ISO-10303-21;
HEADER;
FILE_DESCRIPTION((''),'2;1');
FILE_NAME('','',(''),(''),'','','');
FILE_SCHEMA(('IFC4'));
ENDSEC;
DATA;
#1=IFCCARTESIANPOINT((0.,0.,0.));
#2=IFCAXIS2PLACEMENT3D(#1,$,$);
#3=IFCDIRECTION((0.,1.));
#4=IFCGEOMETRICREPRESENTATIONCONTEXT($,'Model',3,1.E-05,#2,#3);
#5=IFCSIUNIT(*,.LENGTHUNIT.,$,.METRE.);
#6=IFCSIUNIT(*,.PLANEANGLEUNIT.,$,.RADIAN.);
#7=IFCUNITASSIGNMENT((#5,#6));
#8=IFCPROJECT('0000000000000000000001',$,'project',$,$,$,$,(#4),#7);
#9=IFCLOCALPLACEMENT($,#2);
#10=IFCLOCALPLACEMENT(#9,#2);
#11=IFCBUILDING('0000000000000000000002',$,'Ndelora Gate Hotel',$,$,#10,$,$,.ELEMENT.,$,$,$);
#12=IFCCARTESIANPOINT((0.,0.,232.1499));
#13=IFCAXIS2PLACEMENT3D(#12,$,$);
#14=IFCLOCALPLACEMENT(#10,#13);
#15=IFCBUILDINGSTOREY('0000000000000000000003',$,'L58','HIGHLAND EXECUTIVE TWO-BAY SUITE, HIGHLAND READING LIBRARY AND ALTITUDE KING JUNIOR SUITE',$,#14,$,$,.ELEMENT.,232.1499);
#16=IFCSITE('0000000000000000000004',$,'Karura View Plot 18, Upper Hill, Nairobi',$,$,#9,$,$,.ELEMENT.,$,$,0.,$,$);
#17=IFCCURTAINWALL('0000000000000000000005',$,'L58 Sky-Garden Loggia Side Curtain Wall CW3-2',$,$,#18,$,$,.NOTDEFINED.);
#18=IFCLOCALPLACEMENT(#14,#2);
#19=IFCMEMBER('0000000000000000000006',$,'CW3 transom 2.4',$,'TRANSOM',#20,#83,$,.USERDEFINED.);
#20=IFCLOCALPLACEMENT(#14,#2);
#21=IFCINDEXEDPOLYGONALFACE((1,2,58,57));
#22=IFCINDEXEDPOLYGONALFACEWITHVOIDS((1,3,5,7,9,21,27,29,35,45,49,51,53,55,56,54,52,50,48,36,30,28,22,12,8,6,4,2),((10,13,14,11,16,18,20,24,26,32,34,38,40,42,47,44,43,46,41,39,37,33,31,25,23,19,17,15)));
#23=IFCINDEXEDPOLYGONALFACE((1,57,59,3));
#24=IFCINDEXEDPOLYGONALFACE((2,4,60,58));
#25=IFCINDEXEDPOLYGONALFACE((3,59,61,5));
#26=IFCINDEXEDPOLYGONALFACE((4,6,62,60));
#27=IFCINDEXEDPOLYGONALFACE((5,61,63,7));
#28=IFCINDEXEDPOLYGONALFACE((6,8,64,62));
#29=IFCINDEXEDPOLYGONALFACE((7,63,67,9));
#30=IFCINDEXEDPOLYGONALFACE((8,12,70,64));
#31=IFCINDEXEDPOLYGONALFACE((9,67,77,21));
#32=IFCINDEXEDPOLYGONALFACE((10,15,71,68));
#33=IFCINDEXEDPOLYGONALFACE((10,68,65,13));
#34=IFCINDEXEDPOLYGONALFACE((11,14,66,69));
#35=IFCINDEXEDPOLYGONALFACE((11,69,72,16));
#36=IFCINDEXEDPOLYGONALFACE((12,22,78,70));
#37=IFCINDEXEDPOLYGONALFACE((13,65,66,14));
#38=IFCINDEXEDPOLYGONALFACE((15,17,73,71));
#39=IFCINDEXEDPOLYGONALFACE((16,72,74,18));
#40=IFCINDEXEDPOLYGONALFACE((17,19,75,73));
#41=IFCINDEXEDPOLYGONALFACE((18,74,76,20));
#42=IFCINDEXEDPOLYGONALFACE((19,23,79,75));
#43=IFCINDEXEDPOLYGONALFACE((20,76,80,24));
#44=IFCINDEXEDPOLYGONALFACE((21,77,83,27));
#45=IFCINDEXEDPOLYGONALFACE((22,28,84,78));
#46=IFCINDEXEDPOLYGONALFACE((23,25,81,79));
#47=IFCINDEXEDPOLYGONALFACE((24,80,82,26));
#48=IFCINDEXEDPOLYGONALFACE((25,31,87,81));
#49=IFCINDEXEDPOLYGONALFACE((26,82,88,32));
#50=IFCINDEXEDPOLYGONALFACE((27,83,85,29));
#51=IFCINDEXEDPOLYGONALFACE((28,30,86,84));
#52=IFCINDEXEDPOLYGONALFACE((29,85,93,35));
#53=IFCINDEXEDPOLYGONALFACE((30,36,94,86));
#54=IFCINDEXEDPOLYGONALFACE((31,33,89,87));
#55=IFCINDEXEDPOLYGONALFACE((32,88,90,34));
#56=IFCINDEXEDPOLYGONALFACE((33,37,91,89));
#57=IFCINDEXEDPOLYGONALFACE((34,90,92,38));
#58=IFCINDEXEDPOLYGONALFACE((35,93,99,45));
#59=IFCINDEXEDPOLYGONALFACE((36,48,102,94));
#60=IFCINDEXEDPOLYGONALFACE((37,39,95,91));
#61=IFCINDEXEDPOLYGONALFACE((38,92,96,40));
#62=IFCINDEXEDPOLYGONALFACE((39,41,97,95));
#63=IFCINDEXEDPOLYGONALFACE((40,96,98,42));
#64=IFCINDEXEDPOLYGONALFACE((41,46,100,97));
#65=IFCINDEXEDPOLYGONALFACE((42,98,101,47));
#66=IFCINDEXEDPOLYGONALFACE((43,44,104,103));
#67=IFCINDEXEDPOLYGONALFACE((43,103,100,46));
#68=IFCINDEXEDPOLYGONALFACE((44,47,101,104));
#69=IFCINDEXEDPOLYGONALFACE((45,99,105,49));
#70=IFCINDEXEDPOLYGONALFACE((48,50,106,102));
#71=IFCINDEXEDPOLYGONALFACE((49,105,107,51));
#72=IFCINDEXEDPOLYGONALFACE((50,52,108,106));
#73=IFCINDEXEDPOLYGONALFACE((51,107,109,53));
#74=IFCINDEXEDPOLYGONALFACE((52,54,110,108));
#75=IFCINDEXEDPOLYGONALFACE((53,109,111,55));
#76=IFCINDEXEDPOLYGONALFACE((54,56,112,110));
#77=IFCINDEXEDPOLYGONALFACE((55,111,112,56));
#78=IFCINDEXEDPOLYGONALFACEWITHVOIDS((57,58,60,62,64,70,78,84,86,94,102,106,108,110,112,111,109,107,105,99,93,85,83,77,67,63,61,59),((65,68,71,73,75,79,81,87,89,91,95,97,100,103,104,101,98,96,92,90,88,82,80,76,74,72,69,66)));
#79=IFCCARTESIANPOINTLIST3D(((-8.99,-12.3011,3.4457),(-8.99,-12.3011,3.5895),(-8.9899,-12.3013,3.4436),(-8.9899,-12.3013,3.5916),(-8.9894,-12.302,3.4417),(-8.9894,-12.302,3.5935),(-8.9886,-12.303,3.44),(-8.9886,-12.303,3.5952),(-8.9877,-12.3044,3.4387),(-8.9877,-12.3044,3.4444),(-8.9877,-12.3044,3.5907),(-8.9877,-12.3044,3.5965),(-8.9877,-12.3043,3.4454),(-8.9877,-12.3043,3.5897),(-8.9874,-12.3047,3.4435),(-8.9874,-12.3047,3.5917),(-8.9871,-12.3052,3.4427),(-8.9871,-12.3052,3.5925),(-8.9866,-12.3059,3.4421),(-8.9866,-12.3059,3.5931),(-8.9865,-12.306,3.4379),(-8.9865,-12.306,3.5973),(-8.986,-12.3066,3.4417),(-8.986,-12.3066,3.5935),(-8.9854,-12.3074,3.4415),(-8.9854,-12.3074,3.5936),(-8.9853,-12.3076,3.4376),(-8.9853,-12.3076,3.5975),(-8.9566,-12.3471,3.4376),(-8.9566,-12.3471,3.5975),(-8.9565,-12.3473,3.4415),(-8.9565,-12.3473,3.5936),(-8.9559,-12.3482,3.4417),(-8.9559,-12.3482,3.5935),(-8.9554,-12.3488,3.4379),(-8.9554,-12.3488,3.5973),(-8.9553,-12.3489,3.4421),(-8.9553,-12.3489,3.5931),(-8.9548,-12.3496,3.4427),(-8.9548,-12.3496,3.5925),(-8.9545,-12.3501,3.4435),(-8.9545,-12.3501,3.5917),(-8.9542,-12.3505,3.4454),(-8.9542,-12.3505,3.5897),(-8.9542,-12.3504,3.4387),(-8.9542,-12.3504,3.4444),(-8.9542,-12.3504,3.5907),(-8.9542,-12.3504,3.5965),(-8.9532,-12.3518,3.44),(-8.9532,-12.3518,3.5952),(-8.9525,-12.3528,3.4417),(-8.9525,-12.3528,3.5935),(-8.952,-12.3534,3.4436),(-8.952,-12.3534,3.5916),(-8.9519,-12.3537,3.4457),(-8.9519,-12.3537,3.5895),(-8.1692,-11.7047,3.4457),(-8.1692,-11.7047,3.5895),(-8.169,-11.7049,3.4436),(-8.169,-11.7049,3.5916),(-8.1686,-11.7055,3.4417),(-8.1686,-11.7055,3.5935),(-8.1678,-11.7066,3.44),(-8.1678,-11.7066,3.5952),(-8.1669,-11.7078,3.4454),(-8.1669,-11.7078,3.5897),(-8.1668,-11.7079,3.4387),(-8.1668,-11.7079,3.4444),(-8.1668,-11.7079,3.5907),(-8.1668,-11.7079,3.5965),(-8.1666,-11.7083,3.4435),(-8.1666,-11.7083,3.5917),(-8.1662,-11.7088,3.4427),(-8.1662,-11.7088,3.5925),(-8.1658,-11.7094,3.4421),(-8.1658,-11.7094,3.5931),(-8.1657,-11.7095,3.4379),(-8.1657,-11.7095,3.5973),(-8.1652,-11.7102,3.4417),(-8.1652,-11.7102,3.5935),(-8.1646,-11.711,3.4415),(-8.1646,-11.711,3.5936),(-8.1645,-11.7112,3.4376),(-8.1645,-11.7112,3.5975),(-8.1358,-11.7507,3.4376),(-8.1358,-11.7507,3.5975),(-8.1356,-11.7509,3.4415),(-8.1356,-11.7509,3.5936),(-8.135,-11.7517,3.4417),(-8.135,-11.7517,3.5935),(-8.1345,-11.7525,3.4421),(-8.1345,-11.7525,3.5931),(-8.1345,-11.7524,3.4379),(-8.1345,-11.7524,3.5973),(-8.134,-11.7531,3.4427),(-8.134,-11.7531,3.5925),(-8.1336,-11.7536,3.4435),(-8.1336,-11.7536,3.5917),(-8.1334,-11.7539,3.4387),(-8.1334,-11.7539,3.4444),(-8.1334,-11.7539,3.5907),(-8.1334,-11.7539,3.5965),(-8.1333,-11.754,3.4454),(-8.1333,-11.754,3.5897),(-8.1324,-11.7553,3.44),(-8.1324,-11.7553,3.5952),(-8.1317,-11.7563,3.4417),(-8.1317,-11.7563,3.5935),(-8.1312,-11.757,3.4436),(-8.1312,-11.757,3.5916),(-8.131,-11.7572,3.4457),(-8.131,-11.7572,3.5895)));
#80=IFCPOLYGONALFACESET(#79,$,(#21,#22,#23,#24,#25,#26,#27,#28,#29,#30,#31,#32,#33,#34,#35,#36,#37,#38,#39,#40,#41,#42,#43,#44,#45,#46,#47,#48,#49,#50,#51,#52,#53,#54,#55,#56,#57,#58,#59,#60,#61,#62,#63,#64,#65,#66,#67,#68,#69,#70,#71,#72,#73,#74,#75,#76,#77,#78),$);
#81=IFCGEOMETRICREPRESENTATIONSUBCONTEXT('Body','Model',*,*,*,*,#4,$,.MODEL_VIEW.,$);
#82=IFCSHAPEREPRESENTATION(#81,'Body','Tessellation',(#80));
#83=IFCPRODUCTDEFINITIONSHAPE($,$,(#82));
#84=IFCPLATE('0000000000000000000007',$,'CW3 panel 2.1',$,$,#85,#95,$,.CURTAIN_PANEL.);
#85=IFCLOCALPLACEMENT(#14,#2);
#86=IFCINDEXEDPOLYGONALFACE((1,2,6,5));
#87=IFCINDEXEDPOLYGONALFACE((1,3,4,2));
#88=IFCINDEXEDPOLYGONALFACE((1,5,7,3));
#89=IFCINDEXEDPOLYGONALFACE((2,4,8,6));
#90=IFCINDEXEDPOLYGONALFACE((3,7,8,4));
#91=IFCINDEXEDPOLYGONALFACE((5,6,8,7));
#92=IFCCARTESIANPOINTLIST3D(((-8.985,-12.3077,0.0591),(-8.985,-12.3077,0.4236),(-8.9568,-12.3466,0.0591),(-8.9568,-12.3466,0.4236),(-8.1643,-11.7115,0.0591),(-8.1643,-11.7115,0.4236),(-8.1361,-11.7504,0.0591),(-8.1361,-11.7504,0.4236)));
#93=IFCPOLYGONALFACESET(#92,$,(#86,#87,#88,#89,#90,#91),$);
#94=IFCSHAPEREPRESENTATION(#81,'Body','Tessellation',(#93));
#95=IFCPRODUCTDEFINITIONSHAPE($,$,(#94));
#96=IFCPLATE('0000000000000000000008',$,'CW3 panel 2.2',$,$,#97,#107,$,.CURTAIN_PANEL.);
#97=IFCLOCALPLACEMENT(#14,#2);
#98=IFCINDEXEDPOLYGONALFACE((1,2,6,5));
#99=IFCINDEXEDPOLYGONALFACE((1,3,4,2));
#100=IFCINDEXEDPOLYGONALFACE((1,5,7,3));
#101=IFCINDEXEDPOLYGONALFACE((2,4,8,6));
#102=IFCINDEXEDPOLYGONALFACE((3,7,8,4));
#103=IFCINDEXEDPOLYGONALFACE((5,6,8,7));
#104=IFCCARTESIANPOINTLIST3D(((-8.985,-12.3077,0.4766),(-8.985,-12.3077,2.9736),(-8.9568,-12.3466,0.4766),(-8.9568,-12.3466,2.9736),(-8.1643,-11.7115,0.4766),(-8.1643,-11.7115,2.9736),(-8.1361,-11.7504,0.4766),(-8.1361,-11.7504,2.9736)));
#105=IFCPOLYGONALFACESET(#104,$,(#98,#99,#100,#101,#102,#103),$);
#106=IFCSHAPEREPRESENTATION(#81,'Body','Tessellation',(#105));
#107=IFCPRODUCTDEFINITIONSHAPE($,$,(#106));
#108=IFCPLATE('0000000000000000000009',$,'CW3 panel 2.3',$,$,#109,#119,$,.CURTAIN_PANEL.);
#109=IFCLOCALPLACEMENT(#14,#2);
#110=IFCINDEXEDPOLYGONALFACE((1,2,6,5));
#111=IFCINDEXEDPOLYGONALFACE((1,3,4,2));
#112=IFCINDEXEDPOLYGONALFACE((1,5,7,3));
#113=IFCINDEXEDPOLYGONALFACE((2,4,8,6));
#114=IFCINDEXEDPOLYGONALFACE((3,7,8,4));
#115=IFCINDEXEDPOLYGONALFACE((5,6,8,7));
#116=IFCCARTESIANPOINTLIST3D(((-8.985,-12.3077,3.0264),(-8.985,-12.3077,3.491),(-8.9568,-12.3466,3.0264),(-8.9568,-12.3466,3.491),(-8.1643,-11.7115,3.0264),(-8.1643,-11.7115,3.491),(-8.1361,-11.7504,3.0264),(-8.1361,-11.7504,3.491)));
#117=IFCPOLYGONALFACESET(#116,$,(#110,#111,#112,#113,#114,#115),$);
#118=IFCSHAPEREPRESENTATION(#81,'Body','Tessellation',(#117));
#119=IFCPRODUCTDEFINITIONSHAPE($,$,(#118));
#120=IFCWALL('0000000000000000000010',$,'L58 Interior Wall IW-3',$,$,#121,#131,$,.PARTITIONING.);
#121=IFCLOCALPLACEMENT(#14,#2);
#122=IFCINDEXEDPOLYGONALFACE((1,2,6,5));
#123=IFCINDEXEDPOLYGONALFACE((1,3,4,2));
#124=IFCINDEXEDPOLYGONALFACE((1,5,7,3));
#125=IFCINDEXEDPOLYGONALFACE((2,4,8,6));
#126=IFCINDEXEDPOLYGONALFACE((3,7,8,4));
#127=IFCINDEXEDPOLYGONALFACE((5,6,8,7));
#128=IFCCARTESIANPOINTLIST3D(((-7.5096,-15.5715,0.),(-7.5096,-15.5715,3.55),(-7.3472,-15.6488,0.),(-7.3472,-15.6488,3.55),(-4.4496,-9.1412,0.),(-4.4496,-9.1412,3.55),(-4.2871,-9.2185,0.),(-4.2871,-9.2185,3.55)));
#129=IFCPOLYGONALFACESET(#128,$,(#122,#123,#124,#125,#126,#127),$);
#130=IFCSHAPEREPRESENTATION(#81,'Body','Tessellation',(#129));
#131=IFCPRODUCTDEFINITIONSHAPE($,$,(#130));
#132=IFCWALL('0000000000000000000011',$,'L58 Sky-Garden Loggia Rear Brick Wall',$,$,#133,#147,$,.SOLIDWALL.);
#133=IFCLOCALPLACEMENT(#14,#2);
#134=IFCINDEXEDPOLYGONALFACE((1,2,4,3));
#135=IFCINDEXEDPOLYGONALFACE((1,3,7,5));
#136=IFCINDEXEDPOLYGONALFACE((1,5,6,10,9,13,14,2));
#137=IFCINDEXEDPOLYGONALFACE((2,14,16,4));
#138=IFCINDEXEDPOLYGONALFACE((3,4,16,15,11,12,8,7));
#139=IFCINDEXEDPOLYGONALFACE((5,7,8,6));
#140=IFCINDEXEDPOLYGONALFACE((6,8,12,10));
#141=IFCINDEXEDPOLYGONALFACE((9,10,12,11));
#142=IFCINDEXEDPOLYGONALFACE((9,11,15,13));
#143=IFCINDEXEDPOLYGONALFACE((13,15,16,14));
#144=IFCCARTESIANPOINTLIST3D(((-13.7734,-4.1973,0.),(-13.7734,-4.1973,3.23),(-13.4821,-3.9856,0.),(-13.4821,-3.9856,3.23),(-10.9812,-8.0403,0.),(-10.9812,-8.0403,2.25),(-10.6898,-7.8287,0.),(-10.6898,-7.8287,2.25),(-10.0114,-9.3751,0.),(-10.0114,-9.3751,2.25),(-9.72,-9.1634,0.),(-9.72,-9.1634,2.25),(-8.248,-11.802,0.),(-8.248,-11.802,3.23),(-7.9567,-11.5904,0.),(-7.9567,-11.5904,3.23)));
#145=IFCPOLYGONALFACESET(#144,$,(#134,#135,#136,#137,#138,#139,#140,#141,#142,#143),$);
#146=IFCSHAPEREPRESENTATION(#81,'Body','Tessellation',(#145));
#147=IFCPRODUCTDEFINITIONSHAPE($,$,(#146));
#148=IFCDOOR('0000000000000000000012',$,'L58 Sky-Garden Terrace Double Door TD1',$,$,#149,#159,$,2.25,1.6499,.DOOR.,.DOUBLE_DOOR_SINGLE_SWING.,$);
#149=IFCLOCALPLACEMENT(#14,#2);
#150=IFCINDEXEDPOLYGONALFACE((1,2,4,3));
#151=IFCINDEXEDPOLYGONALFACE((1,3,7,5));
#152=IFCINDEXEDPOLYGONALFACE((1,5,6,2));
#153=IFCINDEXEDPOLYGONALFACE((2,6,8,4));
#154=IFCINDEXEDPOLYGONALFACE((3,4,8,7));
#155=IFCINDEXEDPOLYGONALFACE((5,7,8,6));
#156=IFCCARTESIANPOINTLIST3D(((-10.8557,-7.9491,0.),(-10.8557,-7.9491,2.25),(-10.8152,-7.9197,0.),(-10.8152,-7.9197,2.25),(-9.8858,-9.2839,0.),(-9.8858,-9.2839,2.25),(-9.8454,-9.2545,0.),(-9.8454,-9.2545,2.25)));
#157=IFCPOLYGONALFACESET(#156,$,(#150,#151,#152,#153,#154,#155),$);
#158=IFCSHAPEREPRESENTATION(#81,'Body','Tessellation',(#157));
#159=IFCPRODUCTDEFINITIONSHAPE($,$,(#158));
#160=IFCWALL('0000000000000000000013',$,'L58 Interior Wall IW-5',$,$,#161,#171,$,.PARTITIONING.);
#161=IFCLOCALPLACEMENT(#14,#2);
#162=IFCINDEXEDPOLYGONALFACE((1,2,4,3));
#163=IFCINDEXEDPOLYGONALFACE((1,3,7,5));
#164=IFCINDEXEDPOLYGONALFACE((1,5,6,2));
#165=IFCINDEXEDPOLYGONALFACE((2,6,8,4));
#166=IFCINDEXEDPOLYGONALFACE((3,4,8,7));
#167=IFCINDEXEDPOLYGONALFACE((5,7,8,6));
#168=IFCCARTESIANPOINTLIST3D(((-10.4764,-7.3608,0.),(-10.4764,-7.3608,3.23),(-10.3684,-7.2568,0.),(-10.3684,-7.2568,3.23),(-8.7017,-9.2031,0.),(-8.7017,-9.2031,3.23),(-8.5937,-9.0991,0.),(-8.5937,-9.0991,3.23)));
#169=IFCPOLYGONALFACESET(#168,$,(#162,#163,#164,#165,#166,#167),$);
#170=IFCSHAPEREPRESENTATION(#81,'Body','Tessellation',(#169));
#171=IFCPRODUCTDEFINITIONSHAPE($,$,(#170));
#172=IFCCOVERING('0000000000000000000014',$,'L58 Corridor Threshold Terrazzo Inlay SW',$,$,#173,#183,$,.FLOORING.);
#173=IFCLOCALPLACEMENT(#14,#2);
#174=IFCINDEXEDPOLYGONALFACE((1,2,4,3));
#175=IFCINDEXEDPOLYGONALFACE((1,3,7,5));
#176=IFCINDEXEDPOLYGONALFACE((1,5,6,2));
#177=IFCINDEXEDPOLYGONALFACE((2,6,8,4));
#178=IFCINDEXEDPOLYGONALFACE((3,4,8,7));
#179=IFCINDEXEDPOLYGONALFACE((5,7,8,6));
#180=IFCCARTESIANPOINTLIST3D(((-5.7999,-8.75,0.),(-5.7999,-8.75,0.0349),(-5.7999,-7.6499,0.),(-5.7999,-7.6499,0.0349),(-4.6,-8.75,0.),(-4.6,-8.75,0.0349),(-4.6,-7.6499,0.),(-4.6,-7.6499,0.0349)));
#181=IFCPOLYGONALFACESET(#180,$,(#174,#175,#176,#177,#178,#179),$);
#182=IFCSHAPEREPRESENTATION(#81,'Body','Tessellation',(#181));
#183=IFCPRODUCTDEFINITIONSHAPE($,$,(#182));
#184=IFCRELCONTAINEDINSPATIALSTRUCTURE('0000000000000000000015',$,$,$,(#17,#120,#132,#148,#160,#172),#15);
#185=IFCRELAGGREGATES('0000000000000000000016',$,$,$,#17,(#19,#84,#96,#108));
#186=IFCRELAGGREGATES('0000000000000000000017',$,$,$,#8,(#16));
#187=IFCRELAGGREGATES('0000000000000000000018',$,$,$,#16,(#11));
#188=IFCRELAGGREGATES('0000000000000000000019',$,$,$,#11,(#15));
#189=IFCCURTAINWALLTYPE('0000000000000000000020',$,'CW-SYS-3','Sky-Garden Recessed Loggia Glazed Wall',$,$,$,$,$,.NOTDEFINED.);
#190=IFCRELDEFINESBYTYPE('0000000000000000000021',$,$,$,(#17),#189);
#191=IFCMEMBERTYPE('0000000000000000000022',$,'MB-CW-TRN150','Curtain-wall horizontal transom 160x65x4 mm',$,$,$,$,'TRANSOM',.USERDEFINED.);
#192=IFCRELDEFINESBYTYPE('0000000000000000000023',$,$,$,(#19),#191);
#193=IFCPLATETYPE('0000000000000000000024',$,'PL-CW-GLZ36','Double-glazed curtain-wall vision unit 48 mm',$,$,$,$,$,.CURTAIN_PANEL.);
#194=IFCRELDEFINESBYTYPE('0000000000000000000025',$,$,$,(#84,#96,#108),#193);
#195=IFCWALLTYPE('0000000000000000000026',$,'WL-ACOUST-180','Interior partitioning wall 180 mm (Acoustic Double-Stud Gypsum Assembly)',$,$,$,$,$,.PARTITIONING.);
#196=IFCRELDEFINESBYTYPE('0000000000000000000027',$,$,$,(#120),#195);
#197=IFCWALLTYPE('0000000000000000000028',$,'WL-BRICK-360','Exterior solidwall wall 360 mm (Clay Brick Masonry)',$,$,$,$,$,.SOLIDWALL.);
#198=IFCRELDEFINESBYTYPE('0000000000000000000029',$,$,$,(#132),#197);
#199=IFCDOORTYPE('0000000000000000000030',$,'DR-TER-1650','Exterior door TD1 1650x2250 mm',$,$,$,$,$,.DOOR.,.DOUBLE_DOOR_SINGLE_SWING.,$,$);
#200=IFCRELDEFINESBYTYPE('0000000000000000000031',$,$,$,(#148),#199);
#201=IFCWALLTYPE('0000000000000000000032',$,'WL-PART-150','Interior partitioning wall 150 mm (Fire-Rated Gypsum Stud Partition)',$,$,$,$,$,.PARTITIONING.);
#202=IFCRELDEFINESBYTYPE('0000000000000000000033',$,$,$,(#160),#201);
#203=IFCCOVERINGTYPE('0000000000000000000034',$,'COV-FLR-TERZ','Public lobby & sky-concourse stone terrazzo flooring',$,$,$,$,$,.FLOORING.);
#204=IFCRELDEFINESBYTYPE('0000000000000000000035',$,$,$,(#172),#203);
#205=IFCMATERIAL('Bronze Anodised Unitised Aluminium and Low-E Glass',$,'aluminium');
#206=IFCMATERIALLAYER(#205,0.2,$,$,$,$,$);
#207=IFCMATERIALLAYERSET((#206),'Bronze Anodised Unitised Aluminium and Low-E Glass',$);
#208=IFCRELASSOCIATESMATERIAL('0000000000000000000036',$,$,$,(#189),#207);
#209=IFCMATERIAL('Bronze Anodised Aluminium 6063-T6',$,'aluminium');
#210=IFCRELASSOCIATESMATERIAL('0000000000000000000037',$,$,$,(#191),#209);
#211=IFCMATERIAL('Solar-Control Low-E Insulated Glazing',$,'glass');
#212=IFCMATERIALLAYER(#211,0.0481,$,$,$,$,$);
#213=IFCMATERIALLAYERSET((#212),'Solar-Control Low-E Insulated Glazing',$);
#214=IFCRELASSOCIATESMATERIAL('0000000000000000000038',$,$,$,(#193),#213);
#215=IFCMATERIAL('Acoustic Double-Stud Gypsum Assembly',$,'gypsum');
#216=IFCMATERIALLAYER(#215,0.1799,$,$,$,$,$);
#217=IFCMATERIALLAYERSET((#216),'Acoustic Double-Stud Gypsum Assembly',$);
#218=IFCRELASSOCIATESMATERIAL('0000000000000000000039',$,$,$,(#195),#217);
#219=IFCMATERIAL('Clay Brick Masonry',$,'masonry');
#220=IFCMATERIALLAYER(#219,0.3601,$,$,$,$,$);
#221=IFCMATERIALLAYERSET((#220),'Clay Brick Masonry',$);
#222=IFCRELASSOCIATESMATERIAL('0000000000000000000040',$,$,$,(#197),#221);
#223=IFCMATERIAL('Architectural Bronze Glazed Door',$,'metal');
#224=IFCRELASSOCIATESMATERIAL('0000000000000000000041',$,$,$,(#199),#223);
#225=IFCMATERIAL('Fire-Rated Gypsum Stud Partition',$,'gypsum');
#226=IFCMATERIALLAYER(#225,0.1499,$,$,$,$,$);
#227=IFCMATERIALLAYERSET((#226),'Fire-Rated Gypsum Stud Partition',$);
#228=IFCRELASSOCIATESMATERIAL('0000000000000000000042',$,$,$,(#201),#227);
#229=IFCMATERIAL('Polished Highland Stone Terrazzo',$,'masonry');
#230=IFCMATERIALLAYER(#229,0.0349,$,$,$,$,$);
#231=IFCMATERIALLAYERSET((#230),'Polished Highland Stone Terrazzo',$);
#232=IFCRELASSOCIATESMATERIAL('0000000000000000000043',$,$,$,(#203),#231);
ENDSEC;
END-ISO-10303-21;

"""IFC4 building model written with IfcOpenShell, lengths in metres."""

from ifc_helpers import new_model, si_unit, direction, frame, frame_2d, origin, origin_2d, place, context, subcontext, project, spatial, rectangle, hollow_rectangle, extrude, material, layer, layer_set, material_profile, profile_set, type_object, element, fill, aggregate, save


model = new_model("IFC4")

# Units and contexts
model_context = context("Model", 3, precision=1e-05, world=origin(), true_north=direction((0.0, 1.0)))
body_context = subcontext(model_context, "Body", "Model", "MODEL_VIEW")
ifc_project = project(units=[si_unit("LENGTHUNIT", "METRE"), si_unit("PLANEANGLEUNIT", "RADIAN")], contexts=[model_context])

# Site, building, storey
site_placement = place(None, origin())
site = spatial("IfcSite", under=ifc_project, at=site_placement, Name="Karura View Plot 18, Upper Hill, Nairobi", CompositionType="ELEMENT", RefElevation=0.0)
building_placement = place(site_placement, origin())
building = spatial("IfcBuilding", under=site, at=building_placement, Name="Ndelora Gate Hotel", CompositionType="ELEMENT")
storey_placement = place(building_placement, frame((0.0, 0.0, 232.1499)))
storey = spatial("IfcBuildingStorey", under=building, at=storey_placement, Name="L58", Description="HIGHLAND EXECUTIVE TWO-BAY SUITE, HIGHLAND READING LIBRARY AND ALTITUDE KING JUNIOR SUITE", CompositionType="ELEMENT", Elevation=232.1499)

# Curtain wall, member, plates
ifc_material_1 = material(Name="Bronze Anodised Unitised Aluminium and Low-E Glass", Category="aluminium")
ifc_layer_1 = layer(ifc_material_1, 0.2)
ifc_layer_set_1 = layer_set([ifc_layer_1], Name="Bronze Anodised Unitised Aluminium and Low-E Glass")
curtain_wall_type = type_object("IfcCurtainWallType", Name="CW-SYS-3", Description="Sky-Garden Recessed Loggia Glazed Wall", PredefinedType="NOTDEFINED", material=ifc_layer_set_1)
curtain_wall_placement = place(storey_placement, origin())
curtain_wall = element("IfcCurtainWall", 1, at=curtain_wall_placement, inside=storey, type_object=curtain_wall_type, Name="L58 Sky-Garden Loggia Side Curtain Wall CW3-2", PredefinedType="NOTDEFINED")
ifc_material_2 = material(Name="Bronze Anodised Aluminium 6063-T6", Category="aluminium")
ifc_material_profile_1 = material_profile(ifc_material_2, hollow_rectangle(XDim=0.0649, YDim=0.1599, WallThickness=0.0039, InnerFilletRadius=0.0039, OuterFilletRadius=0.0081, at=origin_2d()), Name="ALU 160x65x4")
ifc_profile_set_1 = profile_set([ifc_material_profile_1], Name="Bronze Anodised Aluminium 6063-T6")
member_type_1 = type_object("IfcMemberType", Name="MB-CW-TRN150", Description="Curtain-wall horizontal transom 160x65x4 mm", ElementType="TRANSOM", PredefinedType="USERDEFINED", material=ifc_profile_set_1)
member_1_placement = place(storey_placement, frame((-8.9709, -12.3274, 3.5176), z_axis=(0.808975, 0.587843, 0.0), x_axis=(-0.587843, 0.808975, 0.0)))
member_1 = element("IfcMember", 2, at=member_1_placement, type_object=member_type_1, Name="CW3 transom 2.4", ObjectType="TRANSOM", PredefinedType="USERDEFINED", context=body_context, shape_type="SweptSolid", body=[
    extrude(hollow_rectangle(XDim=0.0649, YDim=0.1599, WallThickness=0.0039, InnerFilletRadius=0.0039, OuterFilletRadius=0.0081, at=origin_2d()), origin(), (0.0, 0.0, 1.0), 1.0146),
])
ifc_material_3 = material(Name="Solar-Control Low-E Insulated Glazing", Category="glass")
ifc_layer_2 = layer(ifc_material_3, 0.0481)
ifc_layer_set_2 = layer_set([ifc_layer_2], Name="Solar-Control Low-E Insulated Glazing")
plate_type = type_object("IfcPlateType", Name="PL-CW-GLZ36", Description="Double-glazed curtain-wall vision unit 48 mm", PredefinedType="CURTAIN_PANEL", material=ifc_layer_set_2)
plate_1_placement = place(storey_placement, frame((-8.5605, -12.0291, 0.0591), z_axis=(0.0, 0.0, 1.0), x_axis=(0.809033, 0.587764, 0.0)))
plate_1 = element("IfcPlate", 3, at=plate_1_placement, type_object=plate_type, Name="CW3 panel 2.1", PredefinedType="CURTAIN_PANEL", context=body_context, shape_type="SweptSolid", body=[
    extrude(rectangle(XDim=1.0144, YDim=0.0481, at=origin_2d()), origin(), (0.0, 0.0, 1.0), 0.3645),
])
plate_2_placement = place(storey_placement, frame((-8.5605, -12.0291, 0.4766), z_axis=(0.0, 0.0, 1.0), x_axis=(0.809033, 0.587764, 0.0)))
plate_2 = element("IfcPlate", 4, at=plate_2_placement, type_object=plate_type, Name="CW3 panel 2.2", PredefinedType="CURTAIN_PANEL", context=body_context, shape_type="SweptSolid", body=[
    extrude(rectangle(XDim=1.0144, YDim=0.0481, at=origin_2d()), origin(), (0.0, 0.0, 1.0), 2.4971),
])
plate_3_placement = place(storey_placement, frame((-8.5605, -12.0291, 3.0264), z_axis=(0.0, 0.0, 1.0), x_axis=(0.809033, 0.587764, 0.0)))
plate_3 = element("IfcPlate", 5, at=plate_3_placement, type_object=plate_type, Name="CW3 panel 2.3", PredefinedType="CURTAIN_PANEL", context=body_context, shape_type="SweptSolid", body=[
    extrude(rectangle(XDim=1.0144, YDim=0.0481, at=origin_2d()), origin(), (0.0, 0.0, 1.0), 0.4646),
])
aggregate(curtain_wall, [member_1, plate_1, plate_2, plate_3])

# Wall
ifc_material_4 = material(Name="Acoustic Double-Stud Gypsum Assembly", Category="gypsum")
ifc_layer_3 = layer(ifc_material_4, 0.1799)
ifc_layer_set_3 = layer_set([ifc_layer_3], Name="Acoustic Double-Stud Gypsum Assembly")
wall_type_1 = type_object("IfcWallType", Name="WL-ACOUST-180", Description="Interior partitioning wall 180 mm (Acoustic Double-Stud Gypsum Assembly)", PredefinedType="PARTITIONING", material=ifc_layer_set_3)
wall_1_placement = place(storey_placement, frame((-4.3684, -9.1799, 0.0), z_axis=(0.0, 0.0, 1.0), x_axis=(-0.429699, -0.902972, 0.0)))
element("IfcWall", 6, at=wall_1_placement, inside=storey, type_object=wall_type_1, Name="L58 Interior Wall IW-3", PredefinedType="PARTITIONING", context=body_context, shape_type="SweptSolid", body=[
    extrude(rectangle(XDim=7.1213, YDim=0.1799, at=frame_2d((3.5605, 0.0))), origin(), (0.0, 0.0, 1.0), 3.55),
])

# Wall, opening, door
ifc_material_5 = material(Name="Clay Brick Masonry", Category="masonry")
ifc_layer_4 = layer(ifc_material_5, 0.3601)
ifc_layer_set_4 = layer_set([ifc_layer_4], Name="Clay Brick Masonry")
wall_type_2 = type_object("IfcWallType", Name="WL-BRICK-360", Description="Exterior solidwall wall 360 mm (Clay Brick Masonry)", PredefinedType="SOLIDWALL", material=ifc_layer_set_4)
wall_2_placement = place(storey_placement, frame((-8.1023, -11.6963, 0.0), z_axis=(0.0, 0.0, 1.0), x_axis=(-0.587801, 0.809006, 0.0)))
wall_2 = element("IfcWall", 7, at=wall_2_placement, inside=storey, type_object=wall_type_2, Name="L58 Sky-Garden Loggia Rear Brick Wall", PredefinedType="SOLIDWALL", context=body_context, shape_type="SweptSolid", body=[
    extrude(rectangle(XDim=9.4001, YDim=0.3601, at=frame_2d((4.7002, 0.0))), origin(), (0.0, 0.0, 1.0), 3.23),
])
opening_1_placement = place(wall_2_placement, frame((3.0, 0.0, 0.0)))
opening_1 = element("IfcOpeningElement", 8, at=opening_1_placement, cuts=wall_2, PredefinedType="OPENING", context=body_context, shape_type="SweptSolid", body=[
    extrude(rectangle(XDim=1.6499, YDim=2.25, at=frame_2d((0.825, 1.125))), frame((0.0, 0.1899, 0.0), z_axis=(0.0, -1.0, 0.0), x_axis=(1.0, 0.0, 0.0)), (0.0, 0.0, 1.0), 0.3801),
])
ifc_material_6 = material(Name="Architectural Bronze Glazed Door", Category="metal")
door_type_1 = type_object("IfcDoorType", Name="DR-TER-1650", Description="Exterior door TD1 1650x2250 mm", OperationType="DOUBLE_DOOR_SINGLE_SWING", PredefinedType="DOOR", material=ifc_material_6)
door_1_placement = place(opening_1_placement, origin())
door_1 = element("IfcDoor", 9, at=door_1_placement, inside=storey, type_object=door_type_1, Name="L58 Sky-Garden Terrace Double Door TD1", OperationType="DOUBLE_DOOR_SINGLE_SWING", OverallHeight=2.25, OverallWidth=1.6499, PredefinedType="DOOR", context=body_context, shape_type="SweptSolid", body=[
    extrude(rectangle(XDim=1.6499, YDim=2.25, at=frame_2d((0.825, 1.125))), frame((0.0, 0.0249, 0.0), z_axis=(0.0, -1.0, 0.0), x_axis=(1.0, 0.0, 0.0)), (0.0, 0.0, 1.0), 0.05),
])
fill(opening_1, door_1)

# Shared definitions
ifc_material_7 = material(Name="Fire-Rated Gypsum Stud Partition", Category="gypsum")
ifc_layer_5 = layer(ifc_material_7, 0.1499)
ifc_layer_set_5 = layer_set([ifc_layer_5], Name="Fire-Rated Gypsum Stud Partition")
wall_type_3 = type_object("IfcWallType", Name="WL-PART-150", Description="Interior partitioning wall 150 mm (Fire-Rated Gypsum Stud Partition)", PredefinedType="PARTITIONING", material=ifc_layer_set_5)

# Wall
wall_3_placement = place(storey_placement, frame((-8.6477, -9.1511, 0.0), z_axis=(0.0, 0.0, 1.0), x_axis=(-0.693765, 0.720202, 0.0)))
element("IfcWall", 10, at=wall_3_placement, inside=storey, type_object=wall_type_3, Name="L58 Interior Wall IW-5", PredefinedType="PARTITIONING", context=body_context, shape_type="SweptSolid", body=[
    extrude(rectangle(XDim=2.5581, YDim=0.1499, at=frame_2d((1.2791, 0.0))), origin(), (0.0, 0.0, 1.0), 3.23),
])

# Covering
ifc_material_8 = material(Name="Polished Highland Stone Terrazzo", Category="masonry")
ifc_layer_6 = layer(ifc_material_8, 0.0349)
ifc_layer_set_6 = layer_set([ifc_layer_6], Name="Polished Highland Stone Terrazzo")
covering_type_1 = type_object("IfcCoveringType", Name="COV-FLR-TERZ", Description="Public lobby & sky-concourse stone terrazzo flooring", PredefinedType="FLOORING", material=ifc_layer_set_6)
covering_1_placement = place(storey_placement, frame((-5.2, -8.2, 0.0), z_axis=(0.0, 0.0, 1.0), x_axis=(1.0, 0.0, 0.0)))
element("IfcCovering", 11, at=covering_1_placement, inside=storey, type_object=covering_type_1, Name="L58 Corridor Threshold Terrazzo Inlay SW", PredefinedType="FLOORING", context=body_context, shape_type="SweptSolid", body=[
    extrude(rectangle(XDim=1.2, YDim=1.1001, at=origin_2d()), origin(), (0.0, 0.0, 1.0), 0.0349),
])

save(model, "model.ifc")
